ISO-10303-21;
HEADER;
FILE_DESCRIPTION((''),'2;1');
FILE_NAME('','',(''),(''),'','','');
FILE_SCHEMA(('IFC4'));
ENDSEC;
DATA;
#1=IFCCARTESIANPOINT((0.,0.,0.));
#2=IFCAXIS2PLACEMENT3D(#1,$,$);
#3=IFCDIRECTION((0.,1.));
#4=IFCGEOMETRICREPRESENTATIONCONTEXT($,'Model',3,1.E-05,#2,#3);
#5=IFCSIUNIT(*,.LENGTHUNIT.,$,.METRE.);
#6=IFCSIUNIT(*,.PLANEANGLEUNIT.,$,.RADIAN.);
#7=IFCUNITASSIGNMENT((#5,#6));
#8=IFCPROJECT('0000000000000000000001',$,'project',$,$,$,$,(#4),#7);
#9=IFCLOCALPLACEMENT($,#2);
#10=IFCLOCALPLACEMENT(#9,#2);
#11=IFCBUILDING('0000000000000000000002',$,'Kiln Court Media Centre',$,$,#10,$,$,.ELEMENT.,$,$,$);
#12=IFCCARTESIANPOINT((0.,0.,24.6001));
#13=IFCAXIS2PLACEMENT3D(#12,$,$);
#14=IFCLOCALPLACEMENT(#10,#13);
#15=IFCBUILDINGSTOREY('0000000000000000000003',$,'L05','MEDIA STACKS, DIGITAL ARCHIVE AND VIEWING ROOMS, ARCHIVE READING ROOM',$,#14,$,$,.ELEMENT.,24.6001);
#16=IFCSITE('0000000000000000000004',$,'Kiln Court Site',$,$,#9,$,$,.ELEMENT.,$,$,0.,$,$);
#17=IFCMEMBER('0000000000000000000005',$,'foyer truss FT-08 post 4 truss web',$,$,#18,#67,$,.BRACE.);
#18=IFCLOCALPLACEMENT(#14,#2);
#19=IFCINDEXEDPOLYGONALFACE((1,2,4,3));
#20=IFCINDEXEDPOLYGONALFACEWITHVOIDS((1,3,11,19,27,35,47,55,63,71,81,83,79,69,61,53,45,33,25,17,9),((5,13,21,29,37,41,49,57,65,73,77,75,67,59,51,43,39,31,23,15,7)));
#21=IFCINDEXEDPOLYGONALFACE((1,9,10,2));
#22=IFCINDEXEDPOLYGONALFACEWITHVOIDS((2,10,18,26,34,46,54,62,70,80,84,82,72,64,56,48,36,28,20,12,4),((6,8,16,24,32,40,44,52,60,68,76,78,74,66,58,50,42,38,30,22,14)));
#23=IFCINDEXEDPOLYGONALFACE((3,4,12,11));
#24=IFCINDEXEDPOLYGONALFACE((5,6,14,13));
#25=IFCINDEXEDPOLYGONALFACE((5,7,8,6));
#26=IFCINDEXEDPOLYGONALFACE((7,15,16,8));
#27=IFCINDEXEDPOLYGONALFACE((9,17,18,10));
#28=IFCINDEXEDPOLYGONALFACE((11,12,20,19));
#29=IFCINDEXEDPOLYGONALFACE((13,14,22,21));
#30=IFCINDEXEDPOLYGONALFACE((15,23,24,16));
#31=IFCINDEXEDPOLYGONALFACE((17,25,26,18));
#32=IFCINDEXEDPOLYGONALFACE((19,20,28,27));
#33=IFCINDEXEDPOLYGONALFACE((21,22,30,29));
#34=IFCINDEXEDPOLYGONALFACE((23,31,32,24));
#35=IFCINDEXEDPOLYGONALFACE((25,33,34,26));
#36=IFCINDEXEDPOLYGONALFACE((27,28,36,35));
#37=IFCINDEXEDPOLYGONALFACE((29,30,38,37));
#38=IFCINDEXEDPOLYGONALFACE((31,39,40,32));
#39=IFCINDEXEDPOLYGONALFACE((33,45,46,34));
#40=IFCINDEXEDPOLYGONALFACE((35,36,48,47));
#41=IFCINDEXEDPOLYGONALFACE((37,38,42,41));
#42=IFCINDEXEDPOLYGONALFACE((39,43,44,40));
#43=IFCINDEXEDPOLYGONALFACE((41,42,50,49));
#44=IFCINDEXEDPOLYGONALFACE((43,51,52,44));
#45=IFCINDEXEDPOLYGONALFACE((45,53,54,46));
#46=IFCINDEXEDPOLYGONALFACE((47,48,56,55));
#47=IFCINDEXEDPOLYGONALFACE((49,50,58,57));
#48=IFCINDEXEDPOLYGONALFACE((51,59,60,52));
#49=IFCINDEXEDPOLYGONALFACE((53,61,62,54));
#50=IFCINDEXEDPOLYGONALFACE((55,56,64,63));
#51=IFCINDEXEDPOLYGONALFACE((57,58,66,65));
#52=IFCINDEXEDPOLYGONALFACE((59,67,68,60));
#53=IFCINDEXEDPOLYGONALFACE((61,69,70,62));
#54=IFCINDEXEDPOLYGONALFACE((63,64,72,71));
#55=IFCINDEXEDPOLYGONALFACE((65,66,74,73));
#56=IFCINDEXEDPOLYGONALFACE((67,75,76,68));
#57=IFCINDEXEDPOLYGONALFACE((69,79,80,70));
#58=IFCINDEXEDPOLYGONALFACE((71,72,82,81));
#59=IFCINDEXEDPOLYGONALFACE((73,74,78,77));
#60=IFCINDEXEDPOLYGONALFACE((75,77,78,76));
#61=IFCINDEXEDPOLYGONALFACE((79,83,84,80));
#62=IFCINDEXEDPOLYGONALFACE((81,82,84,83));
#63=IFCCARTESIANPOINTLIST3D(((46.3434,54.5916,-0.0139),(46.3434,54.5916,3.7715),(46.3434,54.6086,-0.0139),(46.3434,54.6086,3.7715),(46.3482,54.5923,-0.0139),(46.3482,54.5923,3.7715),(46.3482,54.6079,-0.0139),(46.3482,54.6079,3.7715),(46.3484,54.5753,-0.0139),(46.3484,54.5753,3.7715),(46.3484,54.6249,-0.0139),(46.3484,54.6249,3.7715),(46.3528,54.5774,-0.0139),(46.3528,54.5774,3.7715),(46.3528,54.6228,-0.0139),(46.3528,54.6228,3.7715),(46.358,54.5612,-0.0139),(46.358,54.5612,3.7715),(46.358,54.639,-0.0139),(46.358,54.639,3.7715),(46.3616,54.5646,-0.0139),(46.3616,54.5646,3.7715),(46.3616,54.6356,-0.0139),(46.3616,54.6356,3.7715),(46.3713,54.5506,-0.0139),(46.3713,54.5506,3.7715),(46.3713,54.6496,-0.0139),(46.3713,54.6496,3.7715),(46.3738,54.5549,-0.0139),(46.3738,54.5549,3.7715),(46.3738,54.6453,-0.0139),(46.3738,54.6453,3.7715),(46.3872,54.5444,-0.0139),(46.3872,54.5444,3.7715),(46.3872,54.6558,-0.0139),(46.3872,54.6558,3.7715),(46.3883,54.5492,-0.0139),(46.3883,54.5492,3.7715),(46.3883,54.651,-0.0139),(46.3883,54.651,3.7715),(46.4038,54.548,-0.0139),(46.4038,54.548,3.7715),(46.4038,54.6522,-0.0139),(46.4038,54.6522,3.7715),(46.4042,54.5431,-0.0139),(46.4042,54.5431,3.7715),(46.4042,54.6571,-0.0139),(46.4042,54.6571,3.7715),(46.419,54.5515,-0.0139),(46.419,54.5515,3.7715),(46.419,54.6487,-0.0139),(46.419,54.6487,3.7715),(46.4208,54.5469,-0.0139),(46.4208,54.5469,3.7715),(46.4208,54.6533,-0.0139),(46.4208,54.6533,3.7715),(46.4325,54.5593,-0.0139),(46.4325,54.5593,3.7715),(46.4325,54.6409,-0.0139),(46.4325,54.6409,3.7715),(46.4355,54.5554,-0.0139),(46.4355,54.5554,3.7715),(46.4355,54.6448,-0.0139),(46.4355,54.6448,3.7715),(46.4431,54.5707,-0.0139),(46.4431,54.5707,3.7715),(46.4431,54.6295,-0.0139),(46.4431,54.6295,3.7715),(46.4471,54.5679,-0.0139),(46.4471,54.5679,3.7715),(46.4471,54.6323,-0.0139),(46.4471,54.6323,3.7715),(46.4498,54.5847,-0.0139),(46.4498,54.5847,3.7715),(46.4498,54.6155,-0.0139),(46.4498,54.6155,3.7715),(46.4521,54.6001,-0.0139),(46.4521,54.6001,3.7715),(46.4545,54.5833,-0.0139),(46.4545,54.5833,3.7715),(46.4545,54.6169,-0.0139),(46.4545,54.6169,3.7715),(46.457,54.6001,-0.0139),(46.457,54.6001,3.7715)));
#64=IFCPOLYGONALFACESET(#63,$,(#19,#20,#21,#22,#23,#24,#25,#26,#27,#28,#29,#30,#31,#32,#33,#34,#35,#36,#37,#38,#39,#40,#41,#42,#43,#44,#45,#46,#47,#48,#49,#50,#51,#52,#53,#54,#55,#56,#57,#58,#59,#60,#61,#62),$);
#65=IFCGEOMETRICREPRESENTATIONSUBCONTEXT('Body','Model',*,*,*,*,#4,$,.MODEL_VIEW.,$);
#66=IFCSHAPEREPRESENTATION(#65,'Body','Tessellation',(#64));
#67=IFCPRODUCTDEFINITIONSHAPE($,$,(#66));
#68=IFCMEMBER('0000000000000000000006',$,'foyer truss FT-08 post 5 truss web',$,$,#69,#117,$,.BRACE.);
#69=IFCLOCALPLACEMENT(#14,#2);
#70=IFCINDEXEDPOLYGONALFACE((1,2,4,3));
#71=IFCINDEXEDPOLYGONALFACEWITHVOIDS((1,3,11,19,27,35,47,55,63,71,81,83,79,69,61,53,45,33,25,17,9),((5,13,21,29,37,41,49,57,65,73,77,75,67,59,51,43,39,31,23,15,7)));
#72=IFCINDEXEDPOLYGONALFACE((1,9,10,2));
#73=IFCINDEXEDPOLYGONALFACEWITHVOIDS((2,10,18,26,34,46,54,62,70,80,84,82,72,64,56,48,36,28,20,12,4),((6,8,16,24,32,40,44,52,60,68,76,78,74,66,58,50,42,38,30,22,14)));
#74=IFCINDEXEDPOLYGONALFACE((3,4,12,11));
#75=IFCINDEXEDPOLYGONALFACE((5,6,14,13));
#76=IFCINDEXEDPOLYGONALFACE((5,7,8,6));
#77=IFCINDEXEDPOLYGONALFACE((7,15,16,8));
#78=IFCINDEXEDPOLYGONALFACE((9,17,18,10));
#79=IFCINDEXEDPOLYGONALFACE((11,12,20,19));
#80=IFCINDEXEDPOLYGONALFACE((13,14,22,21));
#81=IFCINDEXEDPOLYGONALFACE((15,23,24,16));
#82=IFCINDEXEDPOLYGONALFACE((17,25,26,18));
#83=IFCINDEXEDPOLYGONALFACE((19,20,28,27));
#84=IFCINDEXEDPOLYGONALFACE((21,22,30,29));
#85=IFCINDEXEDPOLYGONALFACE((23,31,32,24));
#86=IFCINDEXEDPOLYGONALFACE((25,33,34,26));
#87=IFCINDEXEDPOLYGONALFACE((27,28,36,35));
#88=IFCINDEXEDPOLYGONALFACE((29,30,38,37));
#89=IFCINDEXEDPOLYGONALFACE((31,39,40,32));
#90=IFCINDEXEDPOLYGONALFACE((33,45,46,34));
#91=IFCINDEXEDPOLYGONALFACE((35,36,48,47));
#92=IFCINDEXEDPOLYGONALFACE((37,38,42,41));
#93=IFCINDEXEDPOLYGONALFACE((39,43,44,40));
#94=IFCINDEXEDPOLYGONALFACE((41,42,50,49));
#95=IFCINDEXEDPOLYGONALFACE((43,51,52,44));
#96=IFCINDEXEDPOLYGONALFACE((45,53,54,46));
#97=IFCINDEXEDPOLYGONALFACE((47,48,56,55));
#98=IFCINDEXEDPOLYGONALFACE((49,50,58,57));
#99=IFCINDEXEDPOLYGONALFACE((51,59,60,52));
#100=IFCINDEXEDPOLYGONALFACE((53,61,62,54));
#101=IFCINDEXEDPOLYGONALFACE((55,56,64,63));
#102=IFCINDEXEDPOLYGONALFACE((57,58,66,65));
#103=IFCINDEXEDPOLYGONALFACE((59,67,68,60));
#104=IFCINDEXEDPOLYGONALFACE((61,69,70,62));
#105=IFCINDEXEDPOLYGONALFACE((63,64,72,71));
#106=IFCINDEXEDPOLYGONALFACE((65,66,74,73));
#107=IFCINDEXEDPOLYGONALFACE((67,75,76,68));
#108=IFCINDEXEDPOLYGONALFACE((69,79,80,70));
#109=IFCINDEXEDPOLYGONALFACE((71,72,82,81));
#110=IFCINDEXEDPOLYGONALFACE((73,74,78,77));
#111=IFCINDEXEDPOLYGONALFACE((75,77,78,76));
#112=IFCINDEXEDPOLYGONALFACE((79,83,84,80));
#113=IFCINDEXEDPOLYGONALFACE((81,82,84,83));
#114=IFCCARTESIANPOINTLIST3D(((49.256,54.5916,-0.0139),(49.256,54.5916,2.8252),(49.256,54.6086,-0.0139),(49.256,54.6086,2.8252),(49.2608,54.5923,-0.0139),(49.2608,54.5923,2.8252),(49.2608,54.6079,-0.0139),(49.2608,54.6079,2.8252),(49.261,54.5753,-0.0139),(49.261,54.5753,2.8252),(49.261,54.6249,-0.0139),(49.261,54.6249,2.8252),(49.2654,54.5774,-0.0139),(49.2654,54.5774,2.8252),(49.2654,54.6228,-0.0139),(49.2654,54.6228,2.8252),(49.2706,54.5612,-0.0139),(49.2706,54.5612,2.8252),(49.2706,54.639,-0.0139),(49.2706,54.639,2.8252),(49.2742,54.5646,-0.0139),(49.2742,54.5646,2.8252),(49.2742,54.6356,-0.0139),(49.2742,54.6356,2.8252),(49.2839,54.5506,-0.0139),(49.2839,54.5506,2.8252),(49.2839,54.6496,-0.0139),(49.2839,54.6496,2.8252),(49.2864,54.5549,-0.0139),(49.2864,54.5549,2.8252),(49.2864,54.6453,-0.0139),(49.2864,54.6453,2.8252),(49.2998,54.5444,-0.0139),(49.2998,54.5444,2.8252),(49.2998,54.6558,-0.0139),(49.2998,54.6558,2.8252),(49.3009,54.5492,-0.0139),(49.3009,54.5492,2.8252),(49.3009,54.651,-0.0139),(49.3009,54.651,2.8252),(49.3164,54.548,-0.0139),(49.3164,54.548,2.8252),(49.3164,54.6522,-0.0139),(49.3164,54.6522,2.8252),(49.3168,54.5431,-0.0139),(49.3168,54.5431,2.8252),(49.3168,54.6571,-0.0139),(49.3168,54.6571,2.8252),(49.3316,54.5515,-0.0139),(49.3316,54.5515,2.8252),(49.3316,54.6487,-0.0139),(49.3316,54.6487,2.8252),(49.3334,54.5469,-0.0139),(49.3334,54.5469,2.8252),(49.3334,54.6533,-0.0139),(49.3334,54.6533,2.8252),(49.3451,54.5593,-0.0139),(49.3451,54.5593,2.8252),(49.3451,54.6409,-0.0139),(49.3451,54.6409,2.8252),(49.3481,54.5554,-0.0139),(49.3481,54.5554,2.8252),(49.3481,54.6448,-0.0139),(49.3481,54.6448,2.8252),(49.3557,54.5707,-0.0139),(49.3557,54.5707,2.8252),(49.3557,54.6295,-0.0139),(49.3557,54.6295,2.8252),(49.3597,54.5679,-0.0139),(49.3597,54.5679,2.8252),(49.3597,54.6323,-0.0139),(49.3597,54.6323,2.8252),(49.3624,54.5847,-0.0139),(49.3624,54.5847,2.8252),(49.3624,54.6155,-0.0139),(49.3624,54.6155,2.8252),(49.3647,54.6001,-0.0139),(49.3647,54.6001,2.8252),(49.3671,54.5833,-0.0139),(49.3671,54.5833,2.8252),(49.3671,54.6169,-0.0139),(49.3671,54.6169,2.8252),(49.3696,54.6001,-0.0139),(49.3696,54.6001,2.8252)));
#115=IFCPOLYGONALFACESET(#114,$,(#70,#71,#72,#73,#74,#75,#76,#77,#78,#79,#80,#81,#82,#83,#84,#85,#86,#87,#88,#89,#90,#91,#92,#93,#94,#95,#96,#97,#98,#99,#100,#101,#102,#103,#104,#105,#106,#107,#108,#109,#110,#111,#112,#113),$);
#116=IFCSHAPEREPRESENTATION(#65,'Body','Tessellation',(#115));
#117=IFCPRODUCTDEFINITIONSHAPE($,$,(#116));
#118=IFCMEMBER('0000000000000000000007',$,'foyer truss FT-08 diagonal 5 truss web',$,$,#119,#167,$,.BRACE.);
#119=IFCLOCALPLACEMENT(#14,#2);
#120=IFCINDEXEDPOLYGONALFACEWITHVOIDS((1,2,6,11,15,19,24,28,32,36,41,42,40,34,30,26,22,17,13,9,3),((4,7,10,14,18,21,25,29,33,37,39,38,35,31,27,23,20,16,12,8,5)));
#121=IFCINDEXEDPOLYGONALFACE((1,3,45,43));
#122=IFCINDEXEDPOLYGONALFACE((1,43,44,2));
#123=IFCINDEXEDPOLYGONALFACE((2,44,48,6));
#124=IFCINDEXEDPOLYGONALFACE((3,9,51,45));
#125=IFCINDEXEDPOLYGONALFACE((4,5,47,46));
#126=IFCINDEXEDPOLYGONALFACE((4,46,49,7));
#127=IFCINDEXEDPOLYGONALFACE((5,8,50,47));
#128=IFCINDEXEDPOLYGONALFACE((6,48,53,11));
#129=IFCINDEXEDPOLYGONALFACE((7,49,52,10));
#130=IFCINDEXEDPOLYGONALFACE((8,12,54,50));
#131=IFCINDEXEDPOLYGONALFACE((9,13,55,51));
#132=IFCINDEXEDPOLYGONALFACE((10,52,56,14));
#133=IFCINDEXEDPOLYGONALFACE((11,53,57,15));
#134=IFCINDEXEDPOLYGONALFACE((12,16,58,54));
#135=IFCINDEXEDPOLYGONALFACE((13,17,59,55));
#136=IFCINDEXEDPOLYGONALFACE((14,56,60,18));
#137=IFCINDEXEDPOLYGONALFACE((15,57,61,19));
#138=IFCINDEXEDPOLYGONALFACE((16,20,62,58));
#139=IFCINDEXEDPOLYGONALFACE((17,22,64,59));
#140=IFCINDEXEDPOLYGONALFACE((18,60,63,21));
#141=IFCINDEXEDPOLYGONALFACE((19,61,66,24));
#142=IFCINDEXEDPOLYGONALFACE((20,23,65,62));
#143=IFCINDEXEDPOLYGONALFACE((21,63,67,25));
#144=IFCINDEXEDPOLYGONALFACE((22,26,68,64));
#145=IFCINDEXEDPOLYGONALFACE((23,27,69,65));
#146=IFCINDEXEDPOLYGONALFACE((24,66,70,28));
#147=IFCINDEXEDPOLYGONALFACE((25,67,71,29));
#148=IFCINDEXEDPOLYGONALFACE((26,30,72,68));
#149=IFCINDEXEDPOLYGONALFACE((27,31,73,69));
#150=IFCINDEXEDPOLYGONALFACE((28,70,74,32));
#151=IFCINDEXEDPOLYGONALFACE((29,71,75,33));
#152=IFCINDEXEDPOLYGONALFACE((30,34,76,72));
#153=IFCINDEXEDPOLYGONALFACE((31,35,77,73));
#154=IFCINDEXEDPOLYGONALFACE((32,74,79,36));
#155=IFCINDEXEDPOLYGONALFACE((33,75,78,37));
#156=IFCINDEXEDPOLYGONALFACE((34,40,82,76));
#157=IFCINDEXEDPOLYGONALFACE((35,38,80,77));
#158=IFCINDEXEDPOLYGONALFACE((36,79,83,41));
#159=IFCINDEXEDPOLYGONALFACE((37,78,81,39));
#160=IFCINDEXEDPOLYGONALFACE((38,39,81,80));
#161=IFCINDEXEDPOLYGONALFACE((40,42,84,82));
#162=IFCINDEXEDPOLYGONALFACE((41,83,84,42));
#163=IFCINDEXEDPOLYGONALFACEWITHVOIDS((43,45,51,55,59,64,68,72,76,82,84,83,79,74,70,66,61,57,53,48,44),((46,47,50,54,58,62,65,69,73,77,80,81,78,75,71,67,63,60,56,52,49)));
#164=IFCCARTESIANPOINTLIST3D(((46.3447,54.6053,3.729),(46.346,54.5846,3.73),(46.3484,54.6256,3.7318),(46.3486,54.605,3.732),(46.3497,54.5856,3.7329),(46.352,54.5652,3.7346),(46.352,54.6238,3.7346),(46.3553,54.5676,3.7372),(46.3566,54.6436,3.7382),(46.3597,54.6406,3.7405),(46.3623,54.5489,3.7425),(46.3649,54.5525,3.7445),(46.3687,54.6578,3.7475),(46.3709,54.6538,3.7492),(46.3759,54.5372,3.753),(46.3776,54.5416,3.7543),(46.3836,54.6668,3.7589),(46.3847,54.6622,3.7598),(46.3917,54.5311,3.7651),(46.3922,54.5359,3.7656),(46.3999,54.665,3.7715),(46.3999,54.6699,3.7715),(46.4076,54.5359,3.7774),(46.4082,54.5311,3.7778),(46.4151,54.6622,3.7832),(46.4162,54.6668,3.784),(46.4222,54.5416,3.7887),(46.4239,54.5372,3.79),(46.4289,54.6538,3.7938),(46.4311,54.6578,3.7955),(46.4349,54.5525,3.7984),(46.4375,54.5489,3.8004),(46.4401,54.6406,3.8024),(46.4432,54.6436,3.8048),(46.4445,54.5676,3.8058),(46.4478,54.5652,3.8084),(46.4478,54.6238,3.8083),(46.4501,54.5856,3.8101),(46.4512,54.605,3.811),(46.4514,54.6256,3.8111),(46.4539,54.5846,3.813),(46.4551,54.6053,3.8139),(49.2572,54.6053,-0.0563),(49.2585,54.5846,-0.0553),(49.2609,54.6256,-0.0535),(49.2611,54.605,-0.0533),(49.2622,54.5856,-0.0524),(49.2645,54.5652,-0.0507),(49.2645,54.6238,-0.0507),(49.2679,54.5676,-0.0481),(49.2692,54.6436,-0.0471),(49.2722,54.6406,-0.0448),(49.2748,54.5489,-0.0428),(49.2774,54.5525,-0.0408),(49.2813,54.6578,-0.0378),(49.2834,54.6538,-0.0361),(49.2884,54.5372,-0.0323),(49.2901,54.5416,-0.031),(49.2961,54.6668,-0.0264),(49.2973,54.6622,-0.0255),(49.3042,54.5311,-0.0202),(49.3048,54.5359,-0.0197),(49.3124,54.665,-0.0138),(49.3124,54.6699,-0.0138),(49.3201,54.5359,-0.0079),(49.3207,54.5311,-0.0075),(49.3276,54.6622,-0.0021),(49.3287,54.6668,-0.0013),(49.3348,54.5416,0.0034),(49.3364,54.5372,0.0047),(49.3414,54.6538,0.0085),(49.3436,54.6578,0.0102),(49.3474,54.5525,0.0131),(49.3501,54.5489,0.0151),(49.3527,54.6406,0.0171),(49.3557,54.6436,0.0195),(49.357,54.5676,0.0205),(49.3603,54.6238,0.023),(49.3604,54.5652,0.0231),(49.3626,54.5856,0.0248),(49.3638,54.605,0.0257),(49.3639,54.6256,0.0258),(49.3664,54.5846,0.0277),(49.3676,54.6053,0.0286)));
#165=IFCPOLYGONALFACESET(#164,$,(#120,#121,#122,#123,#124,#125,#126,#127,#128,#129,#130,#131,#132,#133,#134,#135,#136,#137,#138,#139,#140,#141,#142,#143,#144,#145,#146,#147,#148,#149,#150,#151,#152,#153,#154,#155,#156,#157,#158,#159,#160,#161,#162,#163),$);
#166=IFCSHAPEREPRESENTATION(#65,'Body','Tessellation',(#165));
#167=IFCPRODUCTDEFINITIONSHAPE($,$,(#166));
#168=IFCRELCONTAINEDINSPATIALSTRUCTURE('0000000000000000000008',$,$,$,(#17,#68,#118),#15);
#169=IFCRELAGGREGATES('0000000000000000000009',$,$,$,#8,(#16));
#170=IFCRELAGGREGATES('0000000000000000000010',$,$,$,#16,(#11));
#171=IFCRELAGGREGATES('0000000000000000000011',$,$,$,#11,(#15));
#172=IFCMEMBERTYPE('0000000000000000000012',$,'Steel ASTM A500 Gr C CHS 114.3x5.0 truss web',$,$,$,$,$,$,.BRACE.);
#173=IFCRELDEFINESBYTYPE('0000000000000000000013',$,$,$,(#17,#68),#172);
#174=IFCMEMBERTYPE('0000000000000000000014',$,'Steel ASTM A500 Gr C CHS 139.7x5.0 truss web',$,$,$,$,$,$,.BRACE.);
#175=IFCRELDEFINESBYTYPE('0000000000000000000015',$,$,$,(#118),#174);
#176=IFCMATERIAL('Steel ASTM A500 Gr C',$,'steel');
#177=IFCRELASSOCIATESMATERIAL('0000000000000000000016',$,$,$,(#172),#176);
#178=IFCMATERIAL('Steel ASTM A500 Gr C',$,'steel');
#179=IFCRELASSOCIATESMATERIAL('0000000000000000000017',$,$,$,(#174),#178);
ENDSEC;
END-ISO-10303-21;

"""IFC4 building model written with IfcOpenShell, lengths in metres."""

from ifc_helpers import new_model, si_unit, direction, frame, origin, origin_2d, place, context, subcontext, project, spatial, hollow_circle, extrude, material, material_profile, profile_set, type_object, element, save


model = new_model("IFC4")

# Units and contexts
model_context = context("Model", 3, precision=1e-05, world=origin(), true_north=direction((0.0, 1.0)))
body_context = subcontext(model_context, "Body", "Model", "MODEL_VIEW")
ifc_project = project(units=[si_unit("LENGTHUNIT", "METRE"), si_unit("PLANEANGLEUNIT", "RADIAN")], contexts=[model_context])

# Site, building, storey
site_placement = place(None, origin())
site = spatial("IfcSite", under=ifc_project, at=site_placement, Name="Kiln Court Site", CompositionType="ELEMENT", RefElevation=0.0)
building_placement = place(site_placement, origin())
building = spatial("IfcBuilding", under=site, at=building_placement, Name="Kiln Court Media Centre", CompositionType="ELEMENT")
storey_placement = place(building_placement, frame((0.0, 0.0, 24.6001)))
storey = spatial("IfcBuildingStorey", under=building, at=storey_placement, Name="L05", Description="MEDIA STACKS, DIGITAL ARCHIVE AND VIEWING ROOMS, ARCHIVE READING ROOM", CompositionType="ELEMENT", Elevation=24.6001)

# Members
ifc_material_1 = material(Name="Steel ASTM A500 Gr C", Category="steel")
ifc_material_profile_1 = material_profile(ifc_material_1, hollow_circle(Radius=0.0571, WallThickness=0.0049, at=origin_2d()), Name="CHS 114.3x5.0")
ifc_profile_set_1 = profile_set([ifc_material_profile_1], Name="Steel ASTM A500 Gr C")
member_type_1 = type_object("IfcMemberType", Name="Steel ASTM A500 Gr C CHS 114.3x5.0 truss web", PredefinedType="BRACE", material=ifc_profile_set_1)
member_1_placement = place(storey_placement, frame((46.3999, 54.6001, -0.0139), z_axis=(0.0, 0.0, 1.0), x_axis=(1.0, 0.0, 0.0)))
element("IfcMember", 1, at=member_1_placement, inside=storey, type_object=member_type_1, Name="foyer truss FT-08 post 4 truss web", PredefinedType="BRACE", context=body_context, shape_type="SweptSolid", body=[
    extrude(hollow_circle(Radius=0.0571, WallThickness=0.0049, at=origin_2d()), origin(), (0.0, 0.0, 1.0), 3.7854),
])
member_2_placement = place(storey_placement, frame((49.3125, 54.6001, -0.0139), z_axis=(0.0, 0.0, 1.0), x_axis=(1.0, 0.0, 0.0)))
element("IfcMember", 2, at=member_2_placement, inside=storey, type_object=member_type_1, Name="foyer truss FT-08 post 5 truss web", PredefinedType="BRACE", context=body_context, shape_type="SweptSolid", body=[
    extrude(hollow_circle(Radius=0.0571, WallThickness=0.0049, at=origin_2d()), origin(), (0.0, 0.0, 1.0), 2.8391),
])
ifc_material_2 = material(Name="Steel ASTM A500 Gr C", Category="steel")
ifc_material_profile_2 = material_profile(ifc_material_2, hollow_circle(Radius=0.0698, WallThickness=0.0049, at=origin_2d()), Name="CHS 139.7x5.0")
ifc_profile_set_2 = profile_set([ifc_material_profile_2], Name="Steel ASTM A500 Gr C")
member_type_2 = type_object("IfcMemberType", Name="Steel ASTM A500 Gr C CHS 139.7x5.0 truss web", PredefinedType="BRACE", material=ifc_profile_set_2)
member_3_placement = place(storey_placement, frame((46.3999, 54.6001, 3.7715), z_axis=(0.60981, 0.0, -0.792548), x_axis=(0.0, 1.0, 0.0)))
element("IfcMember", 3, at=member_3_placement, inside=storey, type_object=member_type_2, Name="foyer truss FT-08 diagonal 5 truss web", PredefinedType="BRACE", context=body_context, shape_type="SweptSolid", body=[
    extrude(hollow_circle(Radius=0.0698, WallThickness=0.0049, at=origin_2d()), origin(), (0.0, 0.0, 1.0), 4.7761),
])

save(model, "model.ifc")
